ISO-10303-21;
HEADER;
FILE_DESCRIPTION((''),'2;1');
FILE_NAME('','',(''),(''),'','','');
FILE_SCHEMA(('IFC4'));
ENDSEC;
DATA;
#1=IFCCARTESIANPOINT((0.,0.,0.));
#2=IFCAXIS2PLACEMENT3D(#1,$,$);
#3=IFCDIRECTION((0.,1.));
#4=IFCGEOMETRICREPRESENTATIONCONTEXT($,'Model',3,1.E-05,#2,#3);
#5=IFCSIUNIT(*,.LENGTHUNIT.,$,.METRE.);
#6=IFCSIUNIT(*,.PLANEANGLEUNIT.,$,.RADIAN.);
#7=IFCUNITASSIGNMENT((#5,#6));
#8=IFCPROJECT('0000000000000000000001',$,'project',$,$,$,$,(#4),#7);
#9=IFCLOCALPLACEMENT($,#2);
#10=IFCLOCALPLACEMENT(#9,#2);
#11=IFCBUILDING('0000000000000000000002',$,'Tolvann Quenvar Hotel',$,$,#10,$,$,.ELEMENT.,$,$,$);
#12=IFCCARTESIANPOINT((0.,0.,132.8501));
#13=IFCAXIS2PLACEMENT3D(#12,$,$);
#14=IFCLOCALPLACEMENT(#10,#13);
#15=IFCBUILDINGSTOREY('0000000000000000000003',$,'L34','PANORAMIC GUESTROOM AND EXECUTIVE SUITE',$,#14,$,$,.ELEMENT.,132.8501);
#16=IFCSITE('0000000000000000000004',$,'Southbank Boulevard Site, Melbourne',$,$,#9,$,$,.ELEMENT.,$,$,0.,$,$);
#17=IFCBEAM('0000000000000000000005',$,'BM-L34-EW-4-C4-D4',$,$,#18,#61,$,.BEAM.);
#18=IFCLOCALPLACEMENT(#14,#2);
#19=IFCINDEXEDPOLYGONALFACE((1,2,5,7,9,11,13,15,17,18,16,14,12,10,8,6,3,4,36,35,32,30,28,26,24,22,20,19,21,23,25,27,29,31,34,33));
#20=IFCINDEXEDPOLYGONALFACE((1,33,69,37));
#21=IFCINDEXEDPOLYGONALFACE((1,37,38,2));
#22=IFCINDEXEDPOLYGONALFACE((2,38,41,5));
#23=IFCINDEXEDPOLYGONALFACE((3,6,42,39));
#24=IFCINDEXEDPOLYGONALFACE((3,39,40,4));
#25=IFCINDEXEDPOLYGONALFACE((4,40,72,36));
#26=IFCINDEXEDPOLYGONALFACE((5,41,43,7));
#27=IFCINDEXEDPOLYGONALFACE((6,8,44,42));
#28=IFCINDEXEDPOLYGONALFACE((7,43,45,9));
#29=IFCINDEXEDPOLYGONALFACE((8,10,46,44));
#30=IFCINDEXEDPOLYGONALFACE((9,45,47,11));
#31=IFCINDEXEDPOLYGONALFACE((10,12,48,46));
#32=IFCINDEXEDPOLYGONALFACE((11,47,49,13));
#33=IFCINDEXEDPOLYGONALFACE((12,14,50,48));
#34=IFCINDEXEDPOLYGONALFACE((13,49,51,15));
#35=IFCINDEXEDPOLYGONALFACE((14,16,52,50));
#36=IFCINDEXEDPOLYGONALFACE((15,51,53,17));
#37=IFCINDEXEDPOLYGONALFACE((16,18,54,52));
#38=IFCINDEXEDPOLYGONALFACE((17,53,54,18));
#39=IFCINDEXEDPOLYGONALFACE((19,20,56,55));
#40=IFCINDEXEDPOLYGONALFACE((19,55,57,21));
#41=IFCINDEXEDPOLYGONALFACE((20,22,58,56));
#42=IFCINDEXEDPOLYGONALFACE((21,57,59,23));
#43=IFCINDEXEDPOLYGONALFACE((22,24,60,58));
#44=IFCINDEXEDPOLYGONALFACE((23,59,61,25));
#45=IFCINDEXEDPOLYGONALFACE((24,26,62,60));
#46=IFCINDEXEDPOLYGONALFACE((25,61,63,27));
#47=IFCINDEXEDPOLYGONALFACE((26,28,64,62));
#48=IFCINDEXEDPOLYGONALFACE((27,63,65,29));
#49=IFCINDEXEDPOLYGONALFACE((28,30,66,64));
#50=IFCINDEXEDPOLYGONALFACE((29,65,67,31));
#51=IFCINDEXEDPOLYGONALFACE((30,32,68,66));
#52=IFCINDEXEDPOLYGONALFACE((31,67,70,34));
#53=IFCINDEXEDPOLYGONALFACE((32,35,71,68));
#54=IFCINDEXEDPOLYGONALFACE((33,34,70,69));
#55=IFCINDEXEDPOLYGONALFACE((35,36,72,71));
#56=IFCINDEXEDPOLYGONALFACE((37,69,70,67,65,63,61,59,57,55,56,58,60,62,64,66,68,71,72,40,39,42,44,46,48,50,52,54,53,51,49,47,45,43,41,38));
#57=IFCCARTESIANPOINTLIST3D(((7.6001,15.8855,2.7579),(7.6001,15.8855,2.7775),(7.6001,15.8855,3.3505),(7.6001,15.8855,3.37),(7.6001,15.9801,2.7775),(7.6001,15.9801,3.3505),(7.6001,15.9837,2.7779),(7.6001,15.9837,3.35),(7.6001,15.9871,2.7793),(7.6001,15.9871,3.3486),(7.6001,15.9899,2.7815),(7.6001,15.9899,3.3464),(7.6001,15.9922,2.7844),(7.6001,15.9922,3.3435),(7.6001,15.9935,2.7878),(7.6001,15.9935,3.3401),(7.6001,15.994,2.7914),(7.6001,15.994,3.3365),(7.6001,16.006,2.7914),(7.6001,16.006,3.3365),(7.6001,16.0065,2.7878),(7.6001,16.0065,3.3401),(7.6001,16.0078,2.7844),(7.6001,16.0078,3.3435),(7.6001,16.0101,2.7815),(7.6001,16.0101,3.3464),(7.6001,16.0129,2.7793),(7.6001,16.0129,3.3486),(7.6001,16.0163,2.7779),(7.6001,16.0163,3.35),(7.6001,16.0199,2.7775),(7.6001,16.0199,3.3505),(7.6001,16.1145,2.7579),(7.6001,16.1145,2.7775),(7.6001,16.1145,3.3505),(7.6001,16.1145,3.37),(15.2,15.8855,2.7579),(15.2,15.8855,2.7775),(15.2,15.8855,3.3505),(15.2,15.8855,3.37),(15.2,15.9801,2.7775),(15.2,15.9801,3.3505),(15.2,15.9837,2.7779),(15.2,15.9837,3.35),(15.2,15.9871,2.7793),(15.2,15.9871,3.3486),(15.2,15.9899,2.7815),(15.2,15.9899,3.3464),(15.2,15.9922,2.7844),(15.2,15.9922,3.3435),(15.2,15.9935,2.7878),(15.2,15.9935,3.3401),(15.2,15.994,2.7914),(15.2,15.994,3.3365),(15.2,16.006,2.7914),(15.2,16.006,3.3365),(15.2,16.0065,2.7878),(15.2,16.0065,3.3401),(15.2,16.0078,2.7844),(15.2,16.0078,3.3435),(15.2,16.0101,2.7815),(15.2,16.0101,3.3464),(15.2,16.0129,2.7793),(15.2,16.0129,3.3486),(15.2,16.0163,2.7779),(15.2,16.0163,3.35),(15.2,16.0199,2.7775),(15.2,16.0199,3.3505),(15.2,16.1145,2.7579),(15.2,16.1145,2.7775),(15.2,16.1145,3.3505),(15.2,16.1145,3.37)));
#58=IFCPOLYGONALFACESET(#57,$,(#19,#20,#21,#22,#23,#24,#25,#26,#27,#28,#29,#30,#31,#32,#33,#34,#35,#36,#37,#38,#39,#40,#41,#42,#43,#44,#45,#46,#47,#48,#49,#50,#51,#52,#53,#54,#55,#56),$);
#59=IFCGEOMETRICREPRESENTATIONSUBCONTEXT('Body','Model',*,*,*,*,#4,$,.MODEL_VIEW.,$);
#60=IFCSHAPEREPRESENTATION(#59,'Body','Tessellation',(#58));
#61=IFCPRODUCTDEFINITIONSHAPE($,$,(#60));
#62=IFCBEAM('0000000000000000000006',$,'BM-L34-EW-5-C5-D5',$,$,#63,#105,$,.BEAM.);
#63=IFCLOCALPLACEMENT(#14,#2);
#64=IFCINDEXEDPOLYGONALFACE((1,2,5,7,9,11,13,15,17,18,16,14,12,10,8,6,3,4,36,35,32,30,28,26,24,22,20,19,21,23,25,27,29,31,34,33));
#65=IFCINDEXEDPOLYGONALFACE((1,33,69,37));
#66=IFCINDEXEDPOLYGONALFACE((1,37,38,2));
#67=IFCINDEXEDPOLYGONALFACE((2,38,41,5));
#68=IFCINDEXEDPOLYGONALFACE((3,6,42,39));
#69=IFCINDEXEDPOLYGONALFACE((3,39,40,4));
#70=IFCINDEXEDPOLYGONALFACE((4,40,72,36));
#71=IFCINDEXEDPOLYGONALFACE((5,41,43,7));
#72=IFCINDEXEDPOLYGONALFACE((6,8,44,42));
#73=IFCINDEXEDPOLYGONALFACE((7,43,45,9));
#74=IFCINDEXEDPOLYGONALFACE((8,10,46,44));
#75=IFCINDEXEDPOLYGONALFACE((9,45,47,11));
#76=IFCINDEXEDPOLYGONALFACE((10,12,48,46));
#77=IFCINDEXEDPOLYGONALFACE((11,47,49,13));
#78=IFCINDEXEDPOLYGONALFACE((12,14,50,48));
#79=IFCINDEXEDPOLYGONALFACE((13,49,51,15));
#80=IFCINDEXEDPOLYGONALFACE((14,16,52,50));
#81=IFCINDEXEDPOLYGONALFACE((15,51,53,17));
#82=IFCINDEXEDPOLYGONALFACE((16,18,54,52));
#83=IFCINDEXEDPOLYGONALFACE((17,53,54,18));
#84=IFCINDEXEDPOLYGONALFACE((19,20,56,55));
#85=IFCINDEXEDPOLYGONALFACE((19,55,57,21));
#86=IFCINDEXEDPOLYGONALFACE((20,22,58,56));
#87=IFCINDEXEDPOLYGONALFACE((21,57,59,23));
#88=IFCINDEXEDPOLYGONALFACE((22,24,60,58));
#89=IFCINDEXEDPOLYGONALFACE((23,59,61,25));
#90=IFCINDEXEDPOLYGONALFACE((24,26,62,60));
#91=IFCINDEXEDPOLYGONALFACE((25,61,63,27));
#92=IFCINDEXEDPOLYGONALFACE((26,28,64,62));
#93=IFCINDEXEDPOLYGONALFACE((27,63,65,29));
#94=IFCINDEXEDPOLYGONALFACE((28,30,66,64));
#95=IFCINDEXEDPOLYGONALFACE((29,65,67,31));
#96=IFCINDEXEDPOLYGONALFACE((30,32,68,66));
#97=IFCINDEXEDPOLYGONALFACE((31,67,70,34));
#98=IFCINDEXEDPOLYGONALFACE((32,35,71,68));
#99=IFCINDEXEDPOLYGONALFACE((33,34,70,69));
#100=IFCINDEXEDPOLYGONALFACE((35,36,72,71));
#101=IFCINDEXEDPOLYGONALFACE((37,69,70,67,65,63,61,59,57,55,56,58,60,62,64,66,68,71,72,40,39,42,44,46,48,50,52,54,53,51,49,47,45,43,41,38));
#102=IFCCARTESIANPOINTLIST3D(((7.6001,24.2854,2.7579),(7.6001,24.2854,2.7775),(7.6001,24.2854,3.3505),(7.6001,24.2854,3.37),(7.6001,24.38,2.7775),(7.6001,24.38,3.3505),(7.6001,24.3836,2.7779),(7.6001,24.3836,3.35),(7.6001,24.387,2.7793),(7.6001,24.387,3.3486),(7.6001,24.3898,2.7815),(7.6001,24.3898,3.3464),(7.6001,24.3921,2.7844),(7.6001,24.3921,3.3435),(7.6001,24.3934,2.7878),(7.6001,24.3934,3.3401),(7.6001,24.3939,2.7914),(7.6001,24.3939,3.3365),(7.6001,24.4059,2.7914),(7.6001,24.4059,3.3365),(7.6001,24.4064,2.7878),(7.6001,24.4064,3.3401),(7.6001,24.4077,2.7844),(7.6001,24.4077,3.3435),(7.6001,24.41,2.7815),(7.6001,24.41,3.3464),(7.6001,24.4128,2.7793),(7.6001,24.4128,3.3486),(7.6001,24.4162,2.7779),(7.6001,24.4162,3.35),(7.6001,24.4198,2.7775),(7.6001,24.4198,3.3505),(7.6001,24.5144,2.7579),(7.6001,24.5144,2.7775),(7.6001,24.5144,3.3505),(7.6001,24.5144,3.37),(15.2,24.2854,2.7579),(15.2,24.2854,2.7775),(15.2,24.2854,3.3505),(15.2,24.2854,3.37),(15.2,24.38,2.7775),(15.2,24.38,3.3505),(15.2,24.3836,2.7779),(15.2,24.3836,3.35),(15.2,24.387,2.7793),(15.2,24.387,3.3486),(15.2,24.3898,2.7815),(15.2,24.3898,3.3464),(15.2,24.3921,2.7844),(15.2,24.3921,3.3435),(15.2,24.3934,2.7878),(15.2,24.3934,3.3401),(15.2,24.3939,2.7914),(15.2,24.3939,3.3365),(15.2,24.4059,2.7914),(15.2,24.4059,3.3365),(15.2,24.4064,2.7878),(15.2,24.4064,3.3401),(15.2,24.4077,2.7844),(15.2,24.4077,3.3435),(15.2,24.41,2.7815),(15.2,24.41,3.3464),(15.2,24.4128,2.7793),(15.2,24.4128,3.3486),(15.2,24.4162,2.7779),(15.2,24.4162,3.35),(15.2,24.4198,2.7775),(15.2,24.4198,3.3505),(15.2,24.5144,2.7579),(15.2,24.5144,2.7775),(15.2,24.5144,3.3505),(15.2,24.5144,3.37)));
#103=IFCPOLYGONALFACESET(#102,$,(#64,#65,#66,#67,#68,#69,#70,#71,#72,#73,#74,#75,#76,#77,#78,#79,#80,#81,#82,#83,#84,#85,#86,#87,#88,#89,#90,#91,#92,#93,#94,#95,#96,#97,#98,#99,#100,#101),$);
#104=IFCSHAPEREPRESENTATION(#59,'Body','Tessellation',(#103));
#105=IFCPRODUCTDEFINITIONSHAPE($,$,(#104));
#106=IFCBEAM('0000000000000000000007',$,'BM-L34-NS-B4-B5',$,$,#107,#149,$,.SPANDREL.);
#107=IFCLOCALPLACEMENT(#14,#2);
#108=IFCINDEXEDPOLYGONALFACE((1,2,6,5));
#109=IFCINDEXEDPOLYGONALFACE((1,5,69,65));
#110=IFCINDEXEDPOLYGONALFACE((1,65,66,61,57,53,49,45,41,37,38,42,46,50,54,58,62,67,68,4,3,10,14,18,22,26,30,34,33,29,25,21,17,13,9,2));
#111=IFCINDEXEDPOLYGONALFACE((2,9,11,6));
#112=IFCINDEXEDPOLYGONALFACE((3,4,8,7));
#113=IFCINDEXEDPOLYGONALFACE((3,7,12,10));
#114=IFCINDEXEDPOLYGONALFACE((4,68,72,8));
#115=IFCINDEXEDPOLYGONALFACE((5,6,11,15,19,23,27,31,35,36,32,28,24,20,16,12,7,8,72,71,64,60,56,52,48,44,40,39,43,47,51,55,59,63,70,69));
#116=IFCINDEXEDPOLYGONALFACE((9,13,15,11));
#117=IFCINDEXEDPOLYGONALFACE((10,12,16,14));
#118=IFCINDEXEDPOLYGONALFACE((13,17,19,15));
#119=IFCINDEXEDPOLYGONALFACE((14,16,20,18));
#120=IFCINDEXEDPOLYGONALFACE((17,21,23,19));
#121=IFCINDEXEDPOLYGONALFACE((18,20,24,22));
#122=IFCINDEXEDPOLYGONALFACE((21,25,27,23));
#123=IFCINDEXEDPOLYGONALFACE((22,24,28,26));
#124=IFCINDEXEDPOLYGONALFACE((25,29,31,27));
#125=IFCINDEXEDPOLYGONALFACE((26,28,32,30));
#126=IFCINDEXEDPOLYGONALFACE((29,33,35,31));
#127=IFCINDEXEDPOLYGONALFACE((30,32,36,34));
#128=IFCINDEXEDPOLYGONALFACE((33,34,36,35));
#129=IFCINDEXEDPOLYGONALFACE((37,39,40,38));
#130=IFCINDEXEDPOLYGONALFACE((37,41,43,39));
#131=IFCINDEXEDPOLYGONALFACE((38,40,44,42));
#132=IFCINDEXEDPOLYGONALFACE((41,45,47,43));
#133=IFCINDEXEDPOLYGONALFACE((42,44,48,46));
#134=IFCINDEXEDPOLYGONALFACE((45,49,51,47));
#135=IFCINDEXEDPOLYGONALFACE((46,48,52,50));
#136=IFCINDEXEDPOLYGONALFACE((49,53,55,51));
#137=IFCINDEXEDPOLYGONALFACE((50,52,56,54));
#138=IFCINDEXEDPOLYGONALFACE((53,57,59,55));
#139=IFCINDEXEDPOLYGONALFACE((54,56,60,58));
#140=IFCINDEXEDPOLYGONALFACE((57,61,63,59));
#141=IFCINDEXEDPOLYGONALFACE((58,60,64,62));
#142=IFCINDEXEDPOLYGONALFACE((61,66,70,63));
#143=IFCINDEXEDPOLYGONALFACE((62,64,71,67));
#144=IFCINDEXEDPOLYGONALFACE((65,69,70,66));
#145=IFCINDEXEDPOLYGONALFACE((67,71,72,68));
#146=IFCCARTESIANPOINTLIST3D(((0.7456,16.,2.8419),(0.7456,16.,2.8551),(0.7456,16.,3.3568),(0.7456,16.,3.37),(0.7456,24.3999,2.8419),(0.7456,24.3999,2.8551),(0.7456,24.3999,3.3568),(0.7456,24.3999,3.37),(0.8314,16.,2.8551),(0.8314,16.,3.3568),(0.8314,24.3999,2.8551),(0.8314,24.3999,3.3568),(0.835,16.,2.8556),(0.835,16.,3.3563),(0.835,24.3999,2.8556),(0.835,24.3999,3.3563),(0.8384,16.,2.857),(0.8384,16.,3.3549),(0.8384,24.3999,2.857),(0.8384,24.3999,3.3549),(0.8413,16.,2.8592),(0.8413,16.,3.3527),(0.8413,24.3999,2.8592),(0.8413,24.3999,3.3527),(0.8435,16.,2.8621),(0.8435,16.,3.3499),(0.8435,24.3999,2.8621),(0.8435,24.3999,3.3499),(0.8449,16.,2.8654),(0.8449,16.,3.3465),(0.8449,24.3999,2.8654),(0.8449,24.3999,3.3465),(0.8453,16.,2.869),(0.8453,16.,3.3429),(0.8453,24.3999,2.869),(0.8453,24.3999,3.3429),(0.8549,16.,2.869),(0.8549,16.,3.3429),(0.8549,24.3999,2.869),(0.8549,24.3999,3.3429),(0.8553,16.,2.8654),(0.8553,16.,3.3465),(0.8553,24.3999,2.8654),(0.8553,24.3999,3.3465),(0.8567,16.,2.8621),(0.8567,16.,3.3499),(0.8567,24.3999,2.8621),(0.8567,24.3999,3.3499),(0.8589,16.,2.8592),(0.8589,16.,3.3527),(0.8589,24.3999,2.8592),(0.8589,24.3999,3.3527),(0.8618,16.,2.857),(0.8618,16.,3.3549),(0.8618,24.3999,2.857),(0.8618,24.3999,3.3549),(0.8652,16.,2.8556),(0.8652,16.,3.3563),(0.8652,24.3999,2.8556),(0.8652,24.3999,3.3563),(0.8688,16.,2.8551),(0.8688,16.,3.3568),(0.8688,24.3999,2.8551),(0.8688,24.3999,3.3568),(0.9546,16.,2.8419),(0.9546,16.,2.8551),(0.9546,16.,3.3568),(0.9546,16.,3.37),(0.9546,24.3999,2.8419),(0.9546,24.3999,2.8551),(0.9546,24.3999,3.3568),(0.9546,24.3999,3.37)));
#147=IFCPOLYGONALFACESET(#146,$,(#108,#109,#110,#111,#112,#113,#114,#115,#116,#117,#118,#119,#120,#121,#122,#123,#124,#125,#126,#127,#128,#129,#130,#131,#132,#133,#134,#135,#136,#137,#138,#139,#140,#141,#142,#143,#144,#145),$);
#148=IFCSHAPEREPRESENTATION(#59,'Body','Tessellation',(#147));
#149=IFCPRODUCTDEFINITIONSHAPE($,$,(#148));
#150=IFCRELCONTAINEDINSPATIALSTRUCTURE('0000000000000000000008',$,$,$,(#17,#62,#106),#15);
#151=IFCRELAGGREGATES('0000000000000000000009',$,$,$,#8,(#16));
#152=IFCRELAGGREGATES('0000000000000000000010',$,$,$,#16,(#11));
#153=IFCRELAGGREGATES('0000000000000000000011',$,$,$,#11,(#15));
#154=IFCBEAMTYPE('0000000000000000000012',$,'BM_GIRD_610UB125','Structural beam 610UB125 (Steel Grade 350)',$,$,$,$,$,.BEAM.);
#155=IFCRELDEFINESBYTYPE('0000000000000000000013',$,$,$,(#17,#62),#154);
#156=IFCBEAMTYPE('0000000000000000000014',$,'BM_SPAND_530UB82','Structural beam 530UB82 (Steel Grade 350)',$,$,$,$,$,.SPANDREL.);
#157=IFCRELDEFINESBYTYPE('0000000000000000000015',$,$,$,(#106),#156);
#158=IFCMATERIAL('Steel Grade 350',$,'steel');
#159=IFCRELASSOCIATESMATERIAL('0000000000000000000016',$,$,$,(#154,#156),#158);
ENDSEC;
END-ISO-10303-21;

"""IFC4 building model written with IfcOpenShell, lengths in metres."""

from ifc_helpers import new_model, si_unit, direction, frame, origin, origin_2d, place, context, subcontext, project, spatial, i_section, extrude, source, transform, mapped, material, material_profile, profile_set, type_object, element, save


model = new_model("IFC4")

# Units and contexts
model_context = context("Model", 3, precision=1e-05, world=origin(), true_north=direction((0.0, 1.0)))
body_context = subcontext(model_context, "Body", "Model", "MODEL_VIEW")
ifc_project = project(units=[si_unit("LENGTHUNIT", "METRE"), si_unit("PLANEANGLEUNIT", "RADIAN")], contexts=[model_context])

# Site, building, storey
site_placement = place(None, origin())
site = spatial("IfcSite", under=ifc_project, at=site_placement, Name="Southbank Boulevard Site, Melbourne", CompositionType="ELEMENT", RefElevation=0.0)
building_placement = place(site_placement, origin())
building = spatial("IfcBuilding", under=site, at=building_placement, Name="Tolvann Quenvar Hotel", CompositionType="ELEMENT")
storey_placement = place(building_placement, frame((0.0, 0.0, 132.8501)))
storey = spatial("IfcBuildingStorey", under=building, at=storey_placement, Name="L34", Description="PANORAMIC GUESTROOM AND EXECUTIVE SUITE", CompositionType="ELEMENT", Elevation=132.8501)

# Shared definitions
ifc_material_1 = material(Name="Steel Grade 350", Category="steel")

# Beams
ifc_material_profile_1 = material_profile(ifc_material_1, i_section(OverallWidth=0.229, OverallDepth=0.6121, WebThickness=0.012, FlangeThickness=0.0195, FilletRadius=0.0139, at=origin_2d()), Name="610UB125")
ifc_profile_set_1 = profile_set([ifc_material_profile_1], Name="Steel Grade 350")
beam_type_1 = type_object("IfcBeamType", Name="BM_GIRD_610UB125", Description="Structural beam 610UB125 (Steel Grade 350)", PredefinedType="BEAM", material=ifc_profile_set_1)
shared_shape_1 = source(origin(), body_context, "Body", "SweptSolid", [
    extrude(i_section(OverallWidth=0.229, OverallDepth=0.6121, WebThickness=0.012, FlangeThickness=0.0195, FilletRadius=0.0139, at=origin_2d()), origin(), (0.0, 0.0, 1.0), 7.5999),
])
for number, where, z_axis, x_axis, name in (
    (1, (7.6001, 16.0, 3.064), (1.0, 0.0, 0.0), (0.0, 1.0, 0.0), "BM-L34-EW-4-C4-D4"),
    (2, (7.6001, 24.3999, 3.064), (1.0, 0.0, 0.0), (0.0, 1.0, 0.0), "BM-L34-EW-5-C5-D5"),
):
    element("IfcBeam", number, at=place(storey_placement, frame(where, z_axis=z_axis, x_axis=x_axis)), inside=storey, type_object=beam_type_1, Name=name, PredefinedType="BEAM", context=body_context, shape_type="MappedRepresentation", body=[
        mapped(shared_shape_1, transform((0.0, 0.0, 0.0), x_axis=(1.0, 0.0, 0.0), y_axis=(0.0, 1.0, 0.0), z_axis=(0.0, 0.0, 1.0), scale=1.0)),
    ])
ifc_material_profile_2 = material_profile(ifc_material_1, i_section(OverallWidth=0.209, OverallDepth=0.5281, WebThickness=0.0095, FlangeThickness=0.0132, FilletRadius=0.0139, at=origin_2d()), Name="530UB82")
ifc_profile_set_2 = profile_set([ifc_material_profile_2], Name="Steel Grade 350")
beam_type_2 = type_object("IfcBeamType", Name="BM_SPAND_530UB82", Description="Structural beam 530UB82 (Steel Grade 350)", PredefinedType="SPANDREL", material=ifc_profile_set_2)
shared_shape_2 = source(origin(), body_context, "Body", "SweptSolid", [
    extrude(i_section(OverallWidth=0.209, OverallDepth=0.5281, WebThickness=0.0095, FlangeThickness=0.0132, FilletRadius=0.0139, at=origin_2d()), origin(), (0.0, 0.0, 1.0), 8.3999),
])
beam_1_placement = place(storey_placement, frame((0.8501, 16.0, 3.106), z_axis=(0.0, 1.0, 0.0), x_axis=(-1.0, 0.0, 0.0)))
element("IfcBeam", 3, at=beam_1_placement, inside=storey, type_object=beam_type_2, Name="BM-L34-NS-B4-B5", PredefinedType="SPANDREL", context=body_context, shape_type="MappedRepresentation", body=[
    mapped(shared_shape_2, transform((0.0, 0.0, 0.0), x_axis=(1.0, 0.0, 0.0), y_axis=(0.0, 1.0, 0.0), z_axis=(0.0, 0.0, 1.0), scale=1.0)),
])

save(model, "model.ifc")
